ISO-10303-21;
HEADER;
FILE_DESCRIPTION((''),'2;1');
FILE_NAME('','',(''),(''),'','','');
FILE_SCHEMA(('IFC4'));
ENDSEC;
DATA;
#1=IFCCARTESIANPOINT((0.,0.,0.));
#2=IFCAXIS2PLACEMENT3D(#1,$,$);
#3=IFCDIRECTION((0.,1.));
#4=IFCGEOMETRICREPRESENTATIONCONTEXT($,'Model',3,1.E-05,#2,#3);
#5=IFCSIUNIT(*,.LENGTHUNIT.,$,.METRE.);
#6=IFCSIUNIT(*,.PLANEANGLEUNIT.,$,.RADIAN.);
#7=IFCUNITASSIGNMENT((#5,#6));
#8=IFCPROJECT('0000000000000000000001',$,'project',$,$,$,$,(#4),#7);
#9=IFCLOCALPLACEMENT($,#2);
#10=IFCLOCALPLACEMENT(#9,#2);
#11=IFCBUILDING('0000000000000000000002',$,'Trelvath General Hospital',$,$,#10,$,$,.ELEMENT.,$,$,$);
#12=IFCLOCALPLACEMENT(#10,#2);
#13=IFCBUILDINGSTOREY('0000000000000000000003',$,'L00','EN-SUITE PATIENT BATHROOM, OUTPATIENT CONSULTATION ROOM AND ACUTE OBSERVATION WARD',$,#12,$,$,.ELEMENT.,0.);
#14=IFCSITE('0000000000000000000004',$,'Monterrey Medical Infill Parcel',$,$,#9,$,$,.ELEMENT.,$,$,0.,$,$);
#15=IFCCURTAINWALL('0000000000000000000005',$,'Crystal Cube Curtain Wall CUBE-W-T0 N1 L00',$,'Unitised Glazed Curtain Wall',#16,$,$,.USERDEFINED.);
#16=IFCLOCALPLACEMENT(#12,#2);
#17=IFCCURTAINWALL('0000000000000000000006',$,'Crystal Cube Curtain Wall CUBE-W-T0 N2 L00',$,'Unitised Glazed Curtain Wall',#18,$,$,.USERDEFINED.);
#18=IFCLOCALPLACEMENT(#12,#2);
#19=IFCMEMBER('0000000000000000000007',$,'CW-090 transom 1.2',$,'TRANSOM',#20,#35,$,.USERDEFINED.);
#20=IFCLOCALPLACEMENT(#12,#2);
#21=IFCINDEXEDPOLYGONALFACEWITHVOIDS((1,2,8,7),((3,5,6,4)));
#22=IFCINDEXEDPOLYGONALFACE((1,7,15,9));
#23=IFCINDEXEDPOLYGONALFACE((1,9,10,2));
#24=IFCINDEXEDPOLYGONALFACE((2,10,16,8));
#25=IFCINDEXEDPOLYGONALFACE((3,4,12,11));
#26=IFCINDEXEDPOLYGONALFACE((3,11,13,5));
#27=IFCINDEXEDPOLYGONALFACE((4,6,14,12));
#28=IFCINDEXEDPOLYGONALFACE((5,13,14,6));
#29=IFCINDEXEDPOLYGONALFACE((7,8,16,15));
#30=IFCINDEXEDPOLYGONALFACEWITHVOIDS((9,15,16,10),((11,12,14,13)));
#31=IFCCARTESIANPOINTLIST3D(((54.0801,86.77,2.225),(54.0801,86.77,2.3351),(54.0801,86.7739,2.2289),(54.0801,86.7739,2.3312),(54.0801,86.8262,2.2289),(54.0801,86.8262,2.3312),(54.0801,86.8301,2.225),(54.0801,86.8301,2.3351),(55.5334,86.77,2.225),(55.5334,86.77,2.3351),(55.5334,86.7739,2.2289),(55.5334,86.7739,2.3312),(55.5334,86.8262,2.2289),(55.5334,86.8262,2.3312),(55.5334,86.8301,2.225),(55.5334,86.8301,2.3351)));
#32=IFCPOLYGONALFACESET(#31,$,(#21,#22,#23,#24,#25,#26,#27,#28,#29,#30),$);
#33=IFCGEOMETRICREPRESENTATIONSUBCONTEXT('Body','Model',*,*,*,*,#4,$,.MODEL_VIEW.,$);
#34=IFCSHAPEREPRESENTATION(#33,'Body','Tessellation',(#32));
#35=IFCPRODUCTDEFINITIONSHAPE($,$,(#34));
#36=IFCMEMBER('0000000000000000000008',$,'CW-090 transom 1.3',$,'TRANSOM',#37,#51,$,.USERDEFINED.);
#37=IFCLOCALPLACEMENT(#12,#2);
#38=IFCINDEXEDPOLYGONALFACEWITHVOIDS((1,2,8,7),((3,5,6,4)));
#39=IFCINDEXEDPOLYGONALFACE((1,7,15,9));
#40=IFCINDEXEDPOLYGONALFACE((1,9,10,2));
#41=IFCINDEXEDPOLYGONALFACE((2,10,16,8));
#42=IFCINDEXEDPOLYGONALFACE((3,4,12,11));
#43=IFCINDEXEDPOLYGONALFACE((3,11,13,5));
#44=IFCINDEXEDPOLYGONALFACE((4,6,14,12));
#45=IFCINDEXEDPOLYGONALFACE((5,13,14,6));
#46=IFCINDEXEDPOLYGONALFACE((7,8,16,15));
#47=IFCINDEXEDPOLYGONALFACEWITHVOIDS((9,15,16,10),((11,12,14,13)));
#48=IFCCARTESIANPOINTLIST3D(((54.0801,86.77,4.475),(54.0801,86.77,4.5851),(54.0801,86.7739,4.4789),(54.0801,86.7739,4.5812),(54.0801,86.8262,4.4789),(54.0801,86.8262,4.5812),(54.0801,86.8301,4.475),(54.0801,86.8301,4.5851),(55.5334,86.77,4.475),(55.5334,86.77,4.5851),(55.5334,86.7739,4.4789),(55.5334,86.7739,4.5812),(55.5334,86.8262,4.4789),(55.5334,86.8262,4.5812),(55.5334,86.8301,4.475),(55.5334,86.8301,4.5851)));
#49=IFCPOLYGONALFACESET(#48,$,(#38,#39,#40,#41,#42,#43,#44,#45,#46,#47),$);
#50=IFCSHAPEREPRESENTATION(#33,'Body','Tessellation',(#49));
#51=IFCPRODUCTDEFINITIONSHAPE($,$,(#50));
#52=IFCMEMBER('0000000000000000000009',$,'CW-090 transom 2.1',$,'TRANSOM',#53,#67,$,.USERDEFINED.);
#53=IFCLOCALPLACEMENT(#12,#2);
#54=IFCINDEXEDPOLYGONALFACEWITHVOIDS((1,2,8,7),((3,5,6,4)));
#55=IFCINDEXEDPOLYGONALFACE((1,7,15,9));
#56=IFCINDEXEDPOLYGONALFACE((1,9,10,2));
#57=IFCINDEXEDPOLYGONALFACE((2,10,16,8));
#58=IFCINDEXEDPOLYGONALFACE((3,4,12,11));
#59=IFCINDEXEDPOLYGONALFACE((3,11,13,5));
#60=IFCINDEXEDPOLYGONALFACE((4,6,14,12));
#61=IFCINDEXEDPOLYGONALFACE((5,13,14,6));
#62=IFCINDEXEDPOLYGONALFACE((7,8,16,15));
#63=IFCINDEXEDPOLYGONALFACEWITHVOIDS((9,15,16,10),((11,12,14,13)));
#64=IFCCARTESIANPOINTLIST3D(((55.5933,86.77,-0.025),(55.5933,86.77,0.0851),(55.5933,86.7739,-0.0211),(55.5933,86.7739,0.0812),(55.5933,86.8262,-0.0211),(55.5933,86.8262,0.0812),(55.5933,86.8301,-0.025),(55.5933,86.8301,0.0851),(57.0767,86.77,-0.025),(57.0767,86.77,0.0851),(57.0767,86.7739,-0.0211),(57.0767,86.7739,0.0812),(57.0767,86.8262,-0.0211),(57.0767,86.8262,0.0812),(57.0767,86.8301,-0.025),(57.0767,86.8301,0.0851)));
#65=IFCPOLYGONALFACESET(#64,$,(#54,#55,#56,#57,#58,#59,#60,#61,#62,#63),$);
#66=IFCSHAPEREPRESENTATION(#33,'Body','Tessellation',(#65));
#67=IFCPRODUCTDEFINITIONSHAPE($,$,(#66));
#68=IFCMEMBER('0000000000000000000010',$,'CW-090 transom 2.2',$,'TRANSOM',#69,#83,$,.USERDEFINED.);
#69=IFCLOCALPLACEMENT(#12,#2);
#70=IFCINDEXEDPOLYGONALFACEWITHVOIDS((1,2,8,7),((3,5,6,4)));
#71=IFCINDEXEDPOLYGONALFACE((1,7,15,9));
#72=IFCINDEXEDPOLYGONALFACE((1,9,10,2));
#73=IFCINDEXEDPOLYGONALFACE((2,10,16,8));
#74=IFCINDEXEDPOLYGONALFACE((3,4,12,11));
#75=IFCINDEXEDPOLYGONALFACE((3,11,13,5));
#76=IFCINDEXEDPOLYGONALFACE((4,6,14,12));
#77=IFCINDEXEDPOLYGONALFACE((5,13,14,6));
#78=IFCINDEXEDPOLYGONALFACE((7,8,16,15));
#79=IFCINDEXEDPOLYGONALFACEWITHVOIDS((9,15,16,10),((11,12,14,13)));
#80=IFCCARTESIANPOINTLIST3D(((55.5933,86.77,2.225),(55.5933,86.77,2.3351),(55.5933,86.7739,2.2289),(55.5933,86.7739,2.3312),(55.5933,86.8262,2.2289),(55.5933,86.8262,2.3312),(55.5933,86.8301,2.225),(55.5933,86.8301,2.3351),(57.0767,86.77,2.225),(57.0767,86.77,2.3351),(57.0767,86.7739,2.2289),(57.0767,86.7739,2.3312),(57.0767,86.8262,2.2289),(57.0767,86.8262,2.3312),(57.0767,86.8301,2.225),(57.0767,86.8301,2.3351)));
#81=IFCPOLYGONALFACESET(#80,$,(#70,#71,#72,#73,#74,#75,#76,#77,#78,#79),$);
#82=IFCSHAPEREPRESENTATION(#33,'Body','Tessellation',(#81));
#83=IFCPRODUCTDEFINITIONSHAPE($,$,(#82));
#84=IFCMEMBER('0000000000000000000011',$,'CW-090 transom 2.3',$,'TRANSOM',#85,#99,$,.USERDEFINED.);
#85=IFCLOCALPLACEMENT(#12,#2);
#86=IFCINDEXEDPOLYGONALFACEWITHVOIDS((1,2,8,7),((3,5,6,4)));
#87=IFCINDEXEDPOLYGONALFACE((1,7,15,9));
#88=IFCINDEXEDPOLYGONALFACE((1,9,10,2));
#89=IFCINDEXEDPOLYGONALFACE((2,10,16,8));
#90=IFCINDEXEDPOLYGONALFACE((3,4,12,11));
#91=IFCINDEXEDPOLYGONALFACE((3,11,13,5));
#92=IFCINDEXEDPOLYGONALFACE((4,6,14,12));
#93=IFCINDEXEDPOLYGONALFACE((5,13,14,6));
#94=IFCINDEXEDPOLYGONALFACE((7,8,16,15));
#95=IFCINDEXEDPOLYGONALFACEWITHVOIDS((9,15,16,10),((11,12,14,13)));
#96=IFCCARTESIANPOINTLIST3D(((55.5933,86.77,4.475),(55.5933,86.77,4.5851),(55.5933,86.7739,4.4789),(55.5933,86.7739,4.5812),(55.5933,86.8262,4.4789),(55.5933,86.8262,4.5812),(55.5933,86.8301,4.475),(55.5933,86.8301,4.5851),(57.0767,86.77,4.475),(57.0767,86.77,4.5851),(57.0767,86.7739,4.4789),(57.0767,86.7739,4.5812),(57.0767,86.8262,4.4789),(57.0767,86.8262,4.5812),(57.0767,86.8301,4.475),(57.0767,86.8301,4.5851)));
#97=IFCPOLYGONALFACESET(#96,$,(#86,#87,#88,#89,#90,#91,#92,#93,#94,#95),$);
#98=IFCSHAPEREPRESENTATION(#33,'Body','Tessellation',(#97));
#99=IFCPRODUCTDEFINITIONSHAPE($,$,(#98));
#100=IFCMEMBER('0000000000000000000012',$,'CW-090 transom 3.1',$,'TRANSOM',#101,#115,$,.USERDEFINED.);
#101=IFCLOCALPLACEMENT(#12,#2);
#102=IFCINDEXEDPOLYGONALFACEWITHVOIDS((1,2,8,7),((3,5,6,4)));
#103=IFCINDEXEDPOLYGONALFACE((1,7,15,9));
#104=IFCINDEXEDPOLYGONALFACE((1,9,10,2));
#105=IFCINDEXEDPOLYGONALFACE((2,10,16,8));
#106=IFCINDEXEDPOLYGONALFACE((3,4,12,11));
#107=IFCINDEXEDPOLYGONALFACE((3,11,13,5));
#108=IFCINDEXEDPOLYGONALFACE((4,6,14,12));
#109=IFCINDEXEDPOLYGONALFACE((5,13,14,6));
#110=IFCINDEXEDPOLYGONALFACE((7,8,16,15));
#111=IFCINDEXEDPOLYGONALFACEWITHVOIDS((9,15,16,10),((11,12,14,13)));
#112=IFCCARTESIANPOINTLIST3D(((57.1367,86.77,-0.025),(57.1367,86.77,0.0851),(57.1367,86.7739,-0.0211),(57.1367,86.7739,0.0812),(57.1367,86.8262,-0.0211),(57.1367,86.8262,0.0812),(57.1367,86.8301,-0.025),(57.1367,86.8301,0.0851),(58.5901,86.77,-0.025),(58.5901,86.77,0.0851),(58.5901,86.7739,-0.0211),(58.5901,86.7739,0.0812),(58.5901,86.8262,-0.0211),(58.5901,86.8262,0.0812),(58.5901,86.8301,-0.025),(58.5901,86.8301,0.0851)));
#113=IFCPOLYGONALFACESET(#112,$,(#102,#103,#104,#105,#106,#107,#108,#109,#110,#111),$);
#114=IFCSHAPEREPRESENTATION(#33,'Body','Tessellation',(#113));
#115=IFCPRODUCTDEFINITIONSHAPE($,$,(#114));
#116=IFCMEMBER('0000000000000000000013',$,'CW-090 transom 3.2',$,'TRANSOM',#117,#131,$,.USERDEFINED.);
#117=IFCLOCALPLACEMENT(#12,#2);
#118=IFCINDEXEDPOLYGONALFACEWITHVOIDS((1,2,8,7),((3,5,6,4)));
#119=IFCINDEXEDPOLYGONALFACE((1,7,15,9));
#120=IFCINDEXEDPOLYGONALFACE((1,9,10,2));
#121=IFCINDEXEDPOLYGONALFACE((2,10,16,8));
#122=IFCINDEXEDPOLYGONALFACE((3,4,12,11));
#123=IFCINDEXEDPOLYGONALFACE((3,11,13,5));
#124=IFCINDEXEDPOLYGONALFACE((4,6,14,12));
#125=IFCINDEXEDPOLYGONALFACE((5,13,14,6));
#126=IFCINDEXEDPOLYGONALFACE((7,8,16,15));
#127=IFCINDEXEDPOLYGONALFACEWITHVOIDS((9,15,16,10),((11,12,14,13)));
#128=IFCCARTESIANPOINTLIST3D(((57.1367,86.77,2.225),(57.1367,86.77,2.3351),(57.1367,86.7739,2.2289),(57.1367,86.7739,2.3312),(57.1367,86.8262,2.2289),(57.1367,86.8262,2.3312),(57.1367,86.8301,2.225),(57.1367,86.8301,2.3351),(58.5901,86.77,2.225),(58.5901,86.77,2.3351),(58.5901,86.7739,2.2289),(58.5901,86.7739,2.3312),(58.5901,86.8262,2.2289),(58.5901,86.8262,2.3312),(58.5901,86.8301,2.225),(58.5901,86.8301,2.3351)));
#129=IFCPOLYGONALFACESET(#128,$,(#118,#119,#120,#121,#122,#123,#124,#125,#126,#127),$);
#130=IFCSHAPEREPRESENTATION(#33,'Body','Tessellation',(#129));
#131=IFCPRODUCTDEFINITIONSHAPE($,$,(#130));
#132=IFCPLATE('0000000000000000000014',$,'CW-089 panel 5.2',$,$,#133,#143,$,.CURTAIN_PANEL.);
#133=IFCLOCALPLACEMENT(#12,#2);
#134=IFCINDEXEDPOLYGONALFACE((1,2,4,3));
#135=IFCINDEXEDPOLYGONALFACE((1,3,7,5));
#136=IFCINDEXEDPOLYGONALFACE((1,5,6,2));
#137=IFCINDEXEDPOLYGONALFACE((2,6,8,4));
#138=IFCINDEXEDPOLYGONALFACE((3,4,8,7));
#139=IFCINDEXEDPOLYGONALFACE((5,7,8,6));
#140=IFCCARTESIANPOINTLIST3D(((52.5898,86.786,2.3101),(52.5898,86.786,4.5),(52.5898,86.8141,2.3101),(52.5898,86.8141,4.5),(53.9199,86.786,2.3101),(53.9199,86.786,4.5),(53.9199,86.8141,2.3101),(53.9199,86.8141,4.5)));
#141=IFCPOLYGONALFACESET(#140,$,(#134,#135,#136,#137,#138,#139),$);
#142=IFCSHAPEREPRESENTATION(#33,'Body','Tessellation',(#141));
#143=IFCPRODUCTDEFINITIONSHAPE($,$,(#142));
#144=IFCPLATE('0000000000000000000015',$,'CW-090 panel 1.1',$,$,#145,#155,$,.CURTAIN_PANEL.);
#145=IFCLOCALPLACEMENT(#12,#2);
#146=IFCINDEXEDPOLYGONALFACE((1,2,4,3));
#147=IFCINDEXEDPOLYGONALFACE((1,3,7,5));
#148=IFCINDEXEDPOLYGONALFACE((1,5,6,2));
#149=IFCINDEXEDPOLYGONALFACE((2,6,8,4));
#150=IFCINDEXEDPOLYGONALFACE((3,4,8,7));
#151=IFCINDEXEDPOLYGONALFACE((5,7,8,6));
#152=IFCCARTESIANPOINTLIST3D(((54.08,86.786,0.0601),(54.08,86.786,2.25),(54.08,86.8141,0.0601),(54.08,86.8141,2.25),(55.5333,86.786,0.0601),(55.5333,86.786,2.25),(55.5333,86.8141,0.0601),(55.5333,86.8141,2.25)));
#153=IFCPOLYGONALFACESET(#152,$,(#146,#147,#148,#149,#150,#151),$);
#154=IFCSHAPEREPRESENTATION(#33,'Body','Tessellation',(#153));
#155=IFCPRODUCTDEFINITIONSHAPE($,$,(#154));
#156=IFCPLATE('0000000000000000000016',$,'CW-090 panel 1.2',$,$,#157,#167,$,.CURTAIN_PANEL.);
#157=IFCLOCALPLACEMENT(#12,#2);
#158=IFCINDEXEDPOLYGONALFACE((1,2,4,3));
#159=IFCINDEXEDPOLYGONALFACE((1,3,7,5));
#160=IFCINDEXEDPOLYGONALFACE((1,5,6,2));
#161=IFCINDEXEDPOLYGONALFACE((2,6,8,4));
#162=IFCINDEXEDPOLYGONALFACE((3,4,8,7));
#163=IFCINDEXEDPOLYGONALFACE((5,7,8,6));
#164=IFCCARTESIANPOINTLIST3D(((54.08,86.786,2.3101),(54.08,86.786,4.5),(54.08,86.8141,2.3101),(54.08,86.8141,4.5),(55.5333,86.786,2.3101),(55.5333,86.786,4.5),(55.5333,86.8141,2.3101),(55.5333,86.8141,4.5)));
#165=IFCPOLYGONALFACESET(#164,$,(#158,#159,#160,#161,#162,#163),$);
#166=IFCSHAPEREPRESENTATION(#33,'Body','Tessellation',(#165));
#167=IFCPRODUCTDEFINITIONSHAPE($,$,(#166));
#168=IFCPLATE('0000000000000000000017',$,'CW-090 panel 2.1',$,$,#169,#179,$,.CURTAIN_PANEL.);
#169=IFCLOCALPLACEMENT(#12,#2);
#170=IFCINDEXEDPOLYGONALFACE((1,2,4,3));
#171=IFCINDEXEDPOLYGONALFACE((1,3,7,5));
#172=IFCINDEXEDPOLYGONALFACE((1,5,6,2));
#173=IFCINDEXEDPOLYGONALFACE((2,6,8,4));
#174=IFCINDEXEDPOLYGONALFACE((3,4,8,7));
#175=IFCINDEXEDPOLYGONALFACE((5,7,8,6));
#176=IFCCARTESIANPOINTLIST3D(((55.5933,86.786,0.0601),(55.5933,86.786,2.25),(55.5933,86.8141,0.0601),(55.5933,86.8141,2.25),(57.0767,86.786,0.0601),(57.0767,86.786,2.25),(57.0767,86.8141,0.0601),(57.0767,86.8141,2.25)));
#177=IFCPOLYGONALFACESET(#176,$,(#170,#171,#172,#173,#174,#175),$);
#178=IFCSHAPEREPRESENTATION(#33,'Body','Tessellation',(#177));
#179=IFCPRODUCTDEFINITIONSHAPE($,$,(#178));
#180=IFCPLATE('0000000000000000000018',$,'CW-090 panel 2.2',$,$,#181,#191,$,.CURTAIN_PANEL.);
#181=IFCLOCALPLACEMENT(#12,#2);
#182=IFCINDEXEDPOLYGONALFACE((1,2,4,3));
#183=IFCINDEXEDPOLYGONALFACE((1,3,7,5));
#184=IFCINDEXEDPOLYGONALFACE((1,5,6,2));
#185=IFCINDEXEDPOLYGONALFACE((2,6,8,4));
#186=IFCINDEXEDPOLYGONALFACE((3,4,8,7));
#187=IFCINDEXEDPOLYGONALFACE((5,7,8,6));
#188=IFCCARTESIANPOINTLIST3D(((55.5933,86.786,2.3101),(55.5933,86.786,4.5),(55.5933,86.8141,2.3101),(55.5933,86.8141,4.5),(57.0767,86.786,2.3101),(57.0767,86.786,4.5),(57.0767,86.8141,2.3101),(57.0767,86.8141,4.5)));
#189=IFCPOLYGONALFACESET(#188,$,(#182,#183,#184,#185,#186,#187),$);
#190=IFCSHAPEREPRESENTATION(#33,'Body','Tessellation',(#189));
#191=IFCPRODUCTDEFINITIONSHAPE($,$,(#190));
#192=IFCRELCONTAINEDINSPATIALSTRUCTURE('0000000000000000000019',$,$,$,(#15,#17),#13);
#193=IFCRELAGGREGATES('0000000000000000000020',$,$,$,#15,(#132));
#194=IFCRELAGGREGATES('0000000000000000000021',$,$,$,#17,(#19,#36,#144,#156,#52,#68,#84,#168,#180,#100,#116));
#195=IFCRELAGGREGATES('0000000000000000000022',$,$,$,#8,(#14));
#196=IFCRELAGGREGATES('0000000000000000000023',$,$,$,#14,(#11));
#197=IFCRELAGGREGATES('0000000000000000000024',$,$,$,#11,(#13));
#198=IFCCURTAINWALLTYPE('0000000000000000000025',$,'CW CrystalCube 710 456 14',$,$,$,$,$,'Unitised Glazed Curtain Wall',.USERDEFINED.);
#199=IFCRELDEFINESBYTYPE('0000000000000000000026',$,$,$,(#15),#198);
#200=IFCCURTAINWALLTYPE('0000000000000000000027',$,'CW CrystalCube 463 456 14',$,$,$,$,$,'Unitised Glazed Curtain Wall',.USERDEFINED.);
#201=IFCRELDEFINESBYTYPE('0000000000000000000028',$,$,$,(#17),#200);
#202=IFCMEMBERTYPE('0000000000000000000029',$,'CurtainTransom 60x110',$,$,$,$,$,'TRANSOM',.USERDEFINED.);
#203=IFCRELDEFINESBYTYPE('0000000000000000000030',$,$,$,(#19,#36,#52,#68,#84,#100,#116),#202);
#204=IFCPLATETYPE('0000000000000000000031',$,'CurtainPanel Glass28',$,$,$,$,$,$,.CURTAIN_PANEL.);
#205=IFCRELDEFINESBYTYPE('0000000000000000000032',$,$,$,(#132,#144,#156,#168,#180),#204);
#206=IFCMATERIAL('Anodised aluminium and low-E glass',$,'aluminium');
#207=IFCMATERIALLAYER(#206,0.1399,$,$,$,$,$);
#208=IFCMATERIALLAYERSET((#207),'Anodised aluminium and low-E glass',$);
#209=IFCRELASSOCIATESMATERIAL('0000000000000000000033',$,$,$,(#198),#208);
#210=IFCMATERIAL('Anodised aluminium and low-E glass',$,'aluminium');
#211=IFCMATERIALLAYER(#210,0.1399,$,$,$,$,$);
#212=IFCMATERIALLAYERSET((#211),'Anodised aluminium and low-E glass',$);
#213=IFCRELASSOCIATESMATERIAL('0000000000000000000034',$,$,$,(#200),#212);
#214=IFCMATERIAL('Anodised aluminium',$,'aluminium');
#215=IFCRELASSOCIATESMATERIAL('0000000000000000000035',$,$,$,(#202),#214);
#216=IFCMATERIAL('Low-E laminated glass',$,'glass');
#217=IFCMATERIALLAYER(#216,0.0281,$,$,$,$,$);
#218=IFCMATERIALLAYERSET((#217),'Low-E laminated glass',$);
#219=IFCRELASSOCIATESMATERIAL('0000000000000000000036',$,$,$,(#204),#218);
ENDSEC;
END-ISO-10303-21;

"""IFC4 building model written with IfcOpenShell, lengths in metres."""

from ifc_helpers import new_model, si_unit, direction, frame, origin, origin_2d, place, context, subcontext, project, spatial, rectangle, hollow_rectangle, extrude, material, layer, layer_set, material_profile, profile_set, type_object, element, aggregate, save


model = new_model("IFC4")

# Units and contexts
model_context = context("Model", 3, precision=1e-05, world=origin(), true_north=direction((0.0, 1.0)))
body_context = subcontext(model_context, "Body", "Model", "MODEL_VIEW")
ifc_project = project(units=[si_unit("LENGTHUNIT", "METRE"), si_unit("PLANEANGLEUNIT", "RADIAN")], contexts=[model_context])

# Site, building, storey
site_placement = place(None, origin())
site = spatial("IfcSite", under=ifc_project, at=site_placement, Name="Monterrey Medical Infill Parcel", CompositionType="ELEMENT", RefElevation=0.0)
building_placement = place(site_placement, origin())
building = spatial("IfcBuilding", under=site, at=building_placement, Name="Trelvath General Hospital", CompositionType="ELEMENT")
storey_placement = place(building_placement, origin())
storey = spatial("IfcBuildingStorey", under=building, at=storey_placement, Name="L00", Description="EN-SUITE PATIENT BATHROOM, OUTPATIENT CONSULTATION ROOM AND ACUTE OBSERVATION WARD", CompositionType="ELEMENT", Elevation=0.0)

# Curtain wall
ifc_material_1 = material(Name="Anodised aluminium and low-E glass", Category="aluminium")
ifc_layer_1 = layer(ifc_material_1, 0.1399)
ifc_layer_set_1 = layer_set([ifc_layer_1], Name="Anodised aluminium and low-E glass")
curtain_wall_type_1 = type_object("IfcCurtainWallType", Name="CW CrystalCube 710 456 14", ElementType="Unitised Glazed Curtain Wall", PredefinedType="USERDEFINED", material=ifc_layer_set_1)
curtain_wall_1_placement = place(storey_placement, origin())
curtain_wall_1 = element("IfcCurtainWall", 1, at=curtain_wall_1_placement, inside=storey, type_object=curtain_wall_type_1, Name="Crystal Cube Curtain Wall CUBE-W-T0 N1 L00", ObjectType="Unitised Glazed Curtain Wall", PredefinedType="USERDEFINED")

# Curtain wall, members
ifc_material_2 = material(Name="Anodised aluminium and low-E glass", Category="aluminium")
ifc_layer_2 = layer(ifc_material_2, 0.1399)
ifc_layer_set_2 = layer_set([ifc_layer_2], Name="Anodised aluminium and low-E glass")
curtain_wall_type_2 = type_object("IfcCurtainWallType", Name="CW CrystalCube 463 456 14", ElementType="Unitised Glazed Curtain Wall", PredefinedType="USERDEFINED", material=ifc_layer_set_2)
curtain_wall_2_placement = place(storey_placement, origin())
curtain_wall_2 = element("IfcCurtainWall", 2, at=curtain_wall_2_placement, inside=storey, type_object=curtain_wall_type_2, Name="Crystal Cube Curtain Wall CUBE-W-T0 N2 L00", ObjectType="Unitised Glazed Curtain Wall", PredefinedType="USERDEFINED")
ifc_material_3 = material(Name="Anodised aluminium", Category="aluminium")
ifc_material_profile_1 = material_profile(ifc_material_3, hollow_rectangle(XDim=0.0601, YDim=0.1101, WallThickness=0.0039, at=origin_2d()), Name="RHS60x110x4")
ifc_profile_set_1 = profile_set([ifc_material_profile_1], Name="Anodised aluminium")
member_type_1 = type_object("IfcMemberType", Name="CurtainTransom 60x110", ElementType="TRANSOM", PredefinedType="USERDEFINED", material=ifc_profile_set_1)
member_1_placement = place(storey_placement, frame((54.0801, 86.8, 2.28), z_axis=(1.0, 0.0, 0.0), x_axis=(0.0, 1.0, 0.0)))
member_1 = element("IfcMember", 3, at=member_1_placement, type_object=member_type_1, Name="CW-090 transom 1.2", ObjectType="TRANSOM", PredefinedType="USERDEFINED", context=body_context, shape_type="SweptSolid", body=[
    extrude(hollow_rectangle(XDim=0.0601, YDim=0.1101, WallThickness=0.0039, at=origin_2d()), origin(), (0.0, 0.0, 1.0), 1.4534),
])
member_2_placement = place(storey_placement, frame((54.0801, 86.8, 4.53), z_axis=(1.0, 0.0, 0.0), x_axis=(0.0, 1.0, 0.0)))
member_2 = element("IfcMember", 4, at=member_2_placement, type_object=member_type_1, Name="CW-090 transom 1.3", ObjectType="TRANSOM", PredefinedType="USERDEFINED", context=body_context, shape_type="SweptSolid", body=[
    extrude(hollow_rectangle(XDim=0.0601, YDim=0.1101, WallThickness=0.0039, at=origin_2d()), origin(), (0.0, 0.0, 1.0), 1.4534),
])
member_3_placement = place(storey_placement, frame((55.5933, 86.8, 0.03), z_axis=(1.0, 0.0, 0.0), x_axis=(0.0, 1.0, 0.0)))
member_3 = element("IfcMember", 5, at=member_3_placement, type_object=member_type_1, Name="CW-090 transom 2.1", ObjectType="TRANSOM", PredefinedType="USERDEFINED", context=body_context, shape_type="SweptSolid", body=[
    extrude(hollow_rectangle(XDim=0.0601, YDim=0.1101, WallThickness=0.0039, at=origin_2d()), origin(), (0.0, 0.0, 1.0), 1.4834),
])
member_4_placement = place(storey_placement, frame((55.5933, 86.8, 2.28), z_axis=(1.0, 0.0, 0.0), x_axis=(0.0, 1.0, 0.0)))
member_4 = element("IfcMember", 6, at=member_4_placement, type_object=member_type_1, Name="CW-090 transom 2.2", ObjectType="TRANSOM", PredefinedType="USERDEFINED", context=body_context, shape_type="SweptSolid", body=[
    extrude(hollow_rectangle(XDim=0.0601, YDim=0.1101, WallThickness=0.0039, at=origin_2d()), origin(), (0.0, 0.0, 1.0), 1.4834),
])
member_5_placement = place(storey_placement, frame((55.5933, 86.8, 4.53), z_axis=(1.0, 0.0, 0.0), x_axis=(0.0, 1.0, 0.0)))
member_5 = element("IfcMember", 7, at=member_5_placement, type_object=member_type_1, Name="CW-090 transom 2.3", ObjectType="TRANSOM", PredefinedType="USERDEFINED", context=body_context, shape_type="SweptSolid", body=[
    extrude(hollow_rectangle(XDim=0.0601, YDim=0.1101, WallThickness=0.0039, at=origin_2d()), origin(), (0.0, 0.0, 1.0), 1.4834),
])
member_6_placement = place(storey_placement, frame((57.1367, 86.8, 0.03), z_axis=(1.0, 0.0, 0.0), x_axis=(0.0, 1.0, 0.0)))
member_6 = element("IfcMember", 8, at=member_6_placement, type_object=member_type_1, Name="CW-090 transom 3.1", ObjectType="TRANSOM", PredefinedType="USERDEFINED", context=body_context, shape_type="SweptSolid", body=[
    extrude(hollow_rectangle(XDim=0.0601, YDim=0.1101, WallThickness=0.0039, at=origin_2d()), origin(), (0.0, 0.0, 1.0), 1.4534),
])
member_7_placement = place(storey_placement, frame((57.1367, 86.8, 2.28), z_axis=(1.0, 0.0, 0.0), x_axis=(0.0, 1.0, 0.0)))
member_7 = element("IfcMember", 9, at=member_7_placement, type_object=member_type_1, Name="CW-090 transom 3.2", ObjectType="TRANSOM", PredefinedType="USERDEFINED", context=body_context, shape_type="SweptSolid", body=[
    extrude(hollow_rectangle(XDim=0.0601, YDim=0.1101, WallThickness=0.0039, at=origin_2d()), origin(), (0.0, 0.0, 1.0), 1.4534),
])

# Plates
ifc_material_4 = material(Name="Low-E laminated glass", Category="glass")
ifc_layer_3 = layer(ifc_material_4, 0.0281)
ifc_layer_set_3 = layer_set([ifc_layer_3], Name="Low-E laminated glass")
plate_type = type_object("IfcPlateType", Name="CurtainPanel Glass28", PredefinedType="CURTAIN_PANEL", material=ifc_layer_set_3)
plate_1_placement = place(storey_placement, frame((53.2549, 86.8, 2.3101), z_axis=(0.0, 0.0, 1.0), x_axis=(1.0, 0.0, 0.0)))
plate_1 = element("IfcPlate", 10, at=plate_1_placement, type_object=plate_type, Name="CW-089 panel 5.2", PredefinedType="CURTAIN_PANEL", context=body_context, shape_type="SweptSolid", body=[
    extrude(rectangle(XDim=1.3301, YDim=0.0281, at=origin_2d()), origin(), (0.0, 0.0, 1.0), 2.1899),
])
aggregate(curtain_wall_1, [plate_1])
plate_2_placement = place(storey_placement, frame((54.8066, 86.8, 0.0601), z_axis=(0.0, 0.0, 1.0), x_axis=(1.0, 0.0, 0.0)))
plate_2 = element("IfcPlate", 11, at=plate_2_placement, type_object=plate_type, Name="CW-090 panel 1.1", PredefinedType="CURTAIN_PANEL", context=body_context, shape_type="SweptSolid", body=[
    extrude(rectangle(XDim=1.4534, YDim=0.0281, at=origin_2d()), origin(), (0.0, 0.0, 1.0), 2.1899),
])
plate_3_placement = place(storey_placement, frame((54.8066, 86.8, 2.3101), z_axis=(0.0, 0.0, 1.0), x_axis=(1.0, 0.0, 0.0)))
plate_3 = element("IfcPlate", 12, at=plate_3_placement, type_object=plate_type, Name="CW-090 panel 1.2", PredefinedType="CURTAIN_PANEL", context=body_context, shape_type="SweptSolid", body=[
    extrude(rectangle(XDim=1.4534, YDim=0.0281, at=origin_2d()), origin(), (0.0, 0.0, 1.0), 2.1899),
])
plate_4_placement = place(storey_placement, frame((56.335, 86.8, 0.0601), z_axis=(0.0, 0.0, 1.0), x_axis=(1.0, 0.0, 0.0)))
plate_4 = element("IfcPlate", 13, at=plate_4_placement, type_object=plate_type, Name="CW-090 panel 2.1", PredefinedType="CURTAIN_PANEL", context=body_context, shape_type="SweptSolid", body=[
    extrude(rectangle(XDim=1.4834, YDim=0.0281, at=origin_2d()), origin(), (0.0, 0.0, 1.0), 2.1899),
])
plate_5_placement = place(storey_placement, frame((56.335, 86.8, 2.3101), z_axis=(0.0, 0.0, 1.0), x_axis=(1.0, 0.0, 0.0)))
plate_5 = element("IfcPlate", 14, at=plate_5_placement, type_object=plate_type, Name="CW-090 panel 2.2", PredefinedType="CURTAIN_PANEL", context=body_context, shape_type="SweptSolid", body=[
    extrude(rectangle(XDim=1.4834, YDim=0.0281, at=origin_2d()), origin(), (0.0, 0.0, 1.0), 2.1899),
])
aggregate(curtain_wall_2, [member_1, member_2, plate_2, plate_3, member_3, member_4, member_5, plate_4, plate_5, member_6, member_7])

save(model, "model.ifc")
